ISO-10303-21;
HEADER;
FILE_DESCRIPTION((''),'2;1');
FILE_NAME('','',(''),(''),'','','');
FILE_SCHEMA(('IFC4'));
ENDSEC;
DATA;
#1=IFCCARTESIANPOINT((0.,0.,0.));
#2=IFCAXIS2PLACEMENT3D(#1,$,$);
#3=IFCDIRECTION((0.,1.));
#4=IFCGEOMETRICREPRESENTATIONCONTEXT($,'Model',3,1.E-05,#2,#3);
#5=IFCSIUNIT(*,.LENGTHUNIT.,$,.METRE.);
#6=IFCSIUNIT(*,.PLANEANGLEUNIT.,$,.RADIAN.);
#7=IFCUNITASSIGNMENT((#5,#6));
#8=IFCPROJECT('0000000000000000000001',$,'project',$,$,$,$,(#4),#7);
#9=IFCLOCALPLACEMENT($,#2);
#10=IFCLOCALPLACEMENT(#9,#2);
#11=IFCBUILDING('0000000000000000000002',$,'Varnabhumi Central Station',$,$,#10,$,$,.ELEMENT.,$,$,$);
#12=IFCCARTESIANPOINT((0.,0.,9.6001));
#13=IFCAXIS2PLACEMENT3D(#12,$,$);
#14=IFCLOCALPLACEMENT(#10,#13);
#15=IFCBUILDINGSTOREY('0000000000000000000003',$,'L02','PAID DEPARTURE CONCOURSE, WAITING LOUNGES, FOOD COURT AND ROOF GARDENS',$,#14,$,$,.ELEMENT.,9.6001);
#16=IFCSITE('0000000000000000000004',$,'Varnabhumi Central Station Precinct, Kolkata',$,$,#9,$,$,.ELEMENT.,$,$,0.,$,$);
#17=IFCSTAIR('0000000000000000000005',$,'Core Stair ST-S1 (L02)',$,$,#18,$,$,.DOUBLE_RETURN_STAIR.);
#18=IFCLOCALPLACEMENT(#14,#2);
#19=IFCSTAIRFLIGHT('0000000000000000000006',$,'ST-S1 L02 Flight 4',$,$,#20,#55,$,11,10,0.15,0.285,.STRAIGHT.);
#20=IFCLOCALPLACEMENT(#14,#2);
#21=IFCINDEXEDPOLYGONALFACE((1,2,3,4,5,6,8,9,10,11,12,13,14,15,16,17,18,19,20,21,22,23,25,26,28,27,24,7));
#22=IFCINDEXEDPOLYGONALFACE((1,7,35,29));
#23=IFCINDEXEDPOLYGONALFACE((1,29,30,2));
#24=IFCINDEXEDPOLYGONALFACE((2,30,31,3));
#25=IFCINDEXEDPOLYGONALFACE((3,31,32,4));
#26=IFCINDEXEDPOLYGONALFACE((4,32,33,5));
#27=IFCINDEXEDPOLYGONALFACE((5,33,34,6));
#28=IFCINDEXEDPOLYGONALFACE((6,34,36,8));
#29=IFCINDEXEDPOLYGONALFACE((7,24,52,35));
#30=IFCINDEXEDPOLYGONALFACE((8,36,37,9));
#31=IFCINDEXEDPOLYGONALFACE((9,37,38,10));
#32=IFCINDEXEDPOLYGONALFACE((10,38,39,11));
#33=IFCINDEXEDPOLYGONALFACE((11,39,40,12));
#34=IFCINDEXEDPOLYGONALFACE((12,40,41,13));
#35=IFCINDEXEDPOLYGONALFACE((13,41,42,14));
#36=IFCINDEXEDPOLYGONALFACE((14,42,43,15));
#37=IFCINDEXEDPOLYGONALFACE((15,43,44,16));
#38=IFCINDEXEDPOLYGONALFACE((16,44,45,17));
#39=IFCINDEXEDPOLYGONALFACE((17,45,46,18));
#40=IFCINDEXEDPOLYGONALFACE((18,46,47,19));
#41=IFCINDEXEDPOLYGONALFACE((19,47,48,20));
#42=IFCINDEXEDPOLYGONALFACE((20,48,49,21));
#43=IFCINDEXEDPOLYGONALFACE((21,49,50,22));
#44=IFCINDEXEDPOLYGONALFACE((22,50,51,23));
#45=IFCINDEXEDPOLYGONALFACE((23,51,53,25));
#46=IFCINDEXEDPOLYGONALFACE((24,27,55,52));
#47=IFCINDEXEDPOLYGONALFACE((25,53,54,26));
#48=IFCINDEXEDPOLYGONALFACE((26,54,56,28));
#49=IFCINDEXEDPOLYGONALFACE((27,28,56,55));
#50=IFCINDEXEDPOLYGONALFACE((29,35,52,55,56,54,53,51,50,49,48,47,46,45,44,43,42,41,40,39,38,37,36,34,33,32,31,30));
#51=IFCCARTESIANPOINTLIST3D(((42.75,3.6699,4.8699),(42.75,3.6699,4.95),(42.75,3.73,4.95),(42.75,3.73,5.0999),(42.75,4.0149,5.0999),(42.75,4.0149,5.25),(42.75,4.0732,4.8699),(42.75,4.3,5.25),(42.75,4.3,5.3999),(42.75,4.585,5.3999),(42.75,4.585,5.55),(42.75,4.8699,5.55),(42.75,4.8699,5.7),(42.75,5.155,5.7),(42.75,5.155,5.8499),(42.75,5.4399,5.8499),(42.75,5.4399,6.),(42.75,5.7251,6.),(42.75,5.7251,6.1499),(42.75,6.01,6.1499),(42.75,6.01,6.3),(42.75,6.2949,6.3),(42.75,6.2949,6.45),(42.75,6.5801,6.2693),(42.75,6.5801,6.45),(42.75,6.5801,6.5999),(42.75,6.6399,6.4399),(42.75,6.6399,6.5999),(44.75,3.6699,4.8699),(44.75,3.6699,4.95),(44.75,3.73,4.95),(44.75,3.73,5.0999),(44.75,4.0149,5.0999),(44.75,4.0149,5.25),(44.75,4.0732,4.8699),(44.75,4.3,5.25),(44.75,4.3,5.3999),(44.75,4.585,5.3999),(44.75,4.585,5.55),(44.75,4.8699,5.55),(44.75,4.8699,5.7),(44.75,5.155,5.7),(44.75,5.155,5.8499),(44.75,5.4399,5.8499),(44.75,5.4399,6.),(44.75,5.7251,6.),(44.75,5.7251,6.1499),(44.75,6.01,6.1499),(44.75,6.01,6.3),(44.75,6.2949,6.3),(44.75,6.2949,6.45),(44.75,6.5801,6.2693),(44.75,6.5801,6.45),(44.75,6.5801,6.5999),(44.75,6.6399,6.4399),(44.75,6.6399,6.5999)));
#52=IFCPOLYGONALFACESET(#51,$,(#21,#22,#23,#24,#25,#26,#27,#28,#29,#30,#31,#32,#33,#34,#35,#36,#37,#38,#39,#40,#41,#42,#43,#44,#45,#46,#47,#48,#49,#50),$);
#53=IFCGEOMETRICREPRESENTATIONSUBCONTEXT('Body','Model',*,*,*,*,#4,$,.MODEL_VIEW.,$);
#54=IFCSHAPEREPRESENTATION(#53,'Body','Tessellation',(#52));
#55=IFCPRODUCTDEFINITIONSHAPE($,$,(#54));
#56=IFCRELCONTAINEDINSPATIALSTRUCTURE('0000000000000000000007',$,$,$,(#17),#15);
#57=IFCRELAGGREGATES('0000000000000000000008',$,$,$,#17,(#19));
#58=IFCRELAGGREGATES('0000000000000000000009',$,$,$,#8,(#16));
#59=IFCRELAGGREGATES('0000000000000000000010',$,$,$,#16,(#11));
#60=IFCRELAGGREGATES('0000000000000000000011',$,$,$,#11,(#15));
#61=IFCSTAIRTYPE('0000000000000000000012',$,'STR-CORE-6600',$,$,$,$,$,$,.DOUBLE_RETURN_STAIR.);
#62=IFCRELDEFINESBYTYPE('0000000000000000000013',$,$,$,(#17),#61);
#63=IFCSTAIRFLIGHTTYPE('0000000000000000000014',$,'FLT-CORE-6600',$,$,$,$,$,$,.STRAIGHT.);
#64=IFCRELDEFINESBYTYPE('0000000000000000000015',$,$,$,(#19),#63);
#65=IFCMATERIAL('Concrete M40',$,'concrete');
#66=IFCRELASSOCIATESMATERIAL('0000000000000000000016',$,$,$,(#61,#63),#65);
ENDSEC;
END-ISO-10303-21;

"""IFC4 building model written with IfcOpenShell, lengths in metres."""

from ifc_helpers import new_model, si_unit, direction, frame, origin, place, context, subcontext, project, spatial, polyline, outline, extrude, material, type_object, element, aggregate, save


model = new_model("IFC4")

# Units and contexts
model_context = context("Model", 3, precision=1e-05, world=origin(), true_north=direction((0.0, 1.0)))
body_context = subcontext(model_context, "Body", "Model", "MODEL_VIEW")
ifc_project = project(units=[si_unit("LENGTHUNIT", "METRE"), si_unit("PLANEANGLEUNIT", "RADIAN")], contexts=[model_context])

# Site, building, storey
site_placement = place(None, origin())
site = spatial("IfcSite", under=ifc_project, at=site_placement, Name="Varnabhumi Central Station Precinct, Kolkata", CompositionType="ELEMENT", RefElevation=0.0)
building_placement = place(site_placement, origin())
building = spatial("IfcBuilding", under=site, at=building_placement, Name="Varnabhumi Central Station", CompositionType="ELEMENT")
storey_placement = place(building_placement, frame((0.0, 0.0, 9.6001)))
storey = spatial("IfcBuildingStorey", under=building, at=storey_placement, Name="L02", Description="PAID DEPARTURE CONCOURSE, WAITING LOUNGES, FOOD COURT AND ROOF GARDENS", CompositionType="ELEMENT", Elevation=9.6001)

# Shared definitions
ifc_material_1 = material(Name="Concrete M40", Category="concrete")

# Stair, stair flight
stair_type = type_object("IfcStairType", Name="STR-CORE-6600", PredefinedType="DOUBLE_RETURN_STAIR", material=ifc_material_1)
stair_placement = place(storey_placement, origin())
stair = element("IfcStair", 1, at=stair_placement, inside=storey, type_object=stair_type, Name="Core Stair ST-S1 (L02)", PredefinedType="DOUBLE_RETURN_STAIR")
stair_flight_type = type_object("IfcStairFlightType", Name="FLT-CORE-6600", PredefinedType="STRAIGHT", material=ifc_material_1)
stair_flight_1_placement = place(storey_placement, frame((43.75, 3.73, 4.95), z_axis=(0.0, 0.0, 1.0), x_axis=(0.0, 1.0, 0.0)))
stair_flight_1 = element("IfcStairFlight", 2, at=stair_flight_1_placement, type_object=stair_flight_type, Name="ST-S1 L02 Flight 4", NumberOfRisers=11, NumberOfTreads=10, PredefinedType="STRAIGHT", RiserHeight=0.15, TreadLength=0.285, context=body_context, shape_type="SweptSolid", body=[
    extrude(outline(polyline([(-0.0601, -0.0801), (-0.0601, 0.0), (0.0, 0.0), (0.0, 0.1499), (0.2849, 0.1499), (0.2849, 0.3), (0.5701, 0.3), (0.5701, 0.45), (0.855, 0.45), (0.855, 0.6001), (1.1399, 0.6001), (1.1399, 0.75), (1.425, 0.75), (1.425, 0.8999), (1.71, 0.8999), (1.71, 1.05), (1.9951, 1.05), (1.9951, 1.2), (2.28, 1.2), (2.28, 1.3501), (2.5649, 1.3501), (2.5649, 1.5), (2.8501, 1.5), (2.8501, 1.6499), (2.9099, 1.6499), (2.9099, 1.49), (2.8501, 1.3193), (0.3433, -0.0801), (-0.0601, -0.0801)])), frame((0.0, 1.0, 0.0), z_axis=(0.0, -1.0, 0.0), x_axis=(1.0, 0.0, 0.0)), (0.0, 0.0, 1.0), 2.0),
])
aggregate(stair, [stair_flight_1])

save(model, "model.ifc")
